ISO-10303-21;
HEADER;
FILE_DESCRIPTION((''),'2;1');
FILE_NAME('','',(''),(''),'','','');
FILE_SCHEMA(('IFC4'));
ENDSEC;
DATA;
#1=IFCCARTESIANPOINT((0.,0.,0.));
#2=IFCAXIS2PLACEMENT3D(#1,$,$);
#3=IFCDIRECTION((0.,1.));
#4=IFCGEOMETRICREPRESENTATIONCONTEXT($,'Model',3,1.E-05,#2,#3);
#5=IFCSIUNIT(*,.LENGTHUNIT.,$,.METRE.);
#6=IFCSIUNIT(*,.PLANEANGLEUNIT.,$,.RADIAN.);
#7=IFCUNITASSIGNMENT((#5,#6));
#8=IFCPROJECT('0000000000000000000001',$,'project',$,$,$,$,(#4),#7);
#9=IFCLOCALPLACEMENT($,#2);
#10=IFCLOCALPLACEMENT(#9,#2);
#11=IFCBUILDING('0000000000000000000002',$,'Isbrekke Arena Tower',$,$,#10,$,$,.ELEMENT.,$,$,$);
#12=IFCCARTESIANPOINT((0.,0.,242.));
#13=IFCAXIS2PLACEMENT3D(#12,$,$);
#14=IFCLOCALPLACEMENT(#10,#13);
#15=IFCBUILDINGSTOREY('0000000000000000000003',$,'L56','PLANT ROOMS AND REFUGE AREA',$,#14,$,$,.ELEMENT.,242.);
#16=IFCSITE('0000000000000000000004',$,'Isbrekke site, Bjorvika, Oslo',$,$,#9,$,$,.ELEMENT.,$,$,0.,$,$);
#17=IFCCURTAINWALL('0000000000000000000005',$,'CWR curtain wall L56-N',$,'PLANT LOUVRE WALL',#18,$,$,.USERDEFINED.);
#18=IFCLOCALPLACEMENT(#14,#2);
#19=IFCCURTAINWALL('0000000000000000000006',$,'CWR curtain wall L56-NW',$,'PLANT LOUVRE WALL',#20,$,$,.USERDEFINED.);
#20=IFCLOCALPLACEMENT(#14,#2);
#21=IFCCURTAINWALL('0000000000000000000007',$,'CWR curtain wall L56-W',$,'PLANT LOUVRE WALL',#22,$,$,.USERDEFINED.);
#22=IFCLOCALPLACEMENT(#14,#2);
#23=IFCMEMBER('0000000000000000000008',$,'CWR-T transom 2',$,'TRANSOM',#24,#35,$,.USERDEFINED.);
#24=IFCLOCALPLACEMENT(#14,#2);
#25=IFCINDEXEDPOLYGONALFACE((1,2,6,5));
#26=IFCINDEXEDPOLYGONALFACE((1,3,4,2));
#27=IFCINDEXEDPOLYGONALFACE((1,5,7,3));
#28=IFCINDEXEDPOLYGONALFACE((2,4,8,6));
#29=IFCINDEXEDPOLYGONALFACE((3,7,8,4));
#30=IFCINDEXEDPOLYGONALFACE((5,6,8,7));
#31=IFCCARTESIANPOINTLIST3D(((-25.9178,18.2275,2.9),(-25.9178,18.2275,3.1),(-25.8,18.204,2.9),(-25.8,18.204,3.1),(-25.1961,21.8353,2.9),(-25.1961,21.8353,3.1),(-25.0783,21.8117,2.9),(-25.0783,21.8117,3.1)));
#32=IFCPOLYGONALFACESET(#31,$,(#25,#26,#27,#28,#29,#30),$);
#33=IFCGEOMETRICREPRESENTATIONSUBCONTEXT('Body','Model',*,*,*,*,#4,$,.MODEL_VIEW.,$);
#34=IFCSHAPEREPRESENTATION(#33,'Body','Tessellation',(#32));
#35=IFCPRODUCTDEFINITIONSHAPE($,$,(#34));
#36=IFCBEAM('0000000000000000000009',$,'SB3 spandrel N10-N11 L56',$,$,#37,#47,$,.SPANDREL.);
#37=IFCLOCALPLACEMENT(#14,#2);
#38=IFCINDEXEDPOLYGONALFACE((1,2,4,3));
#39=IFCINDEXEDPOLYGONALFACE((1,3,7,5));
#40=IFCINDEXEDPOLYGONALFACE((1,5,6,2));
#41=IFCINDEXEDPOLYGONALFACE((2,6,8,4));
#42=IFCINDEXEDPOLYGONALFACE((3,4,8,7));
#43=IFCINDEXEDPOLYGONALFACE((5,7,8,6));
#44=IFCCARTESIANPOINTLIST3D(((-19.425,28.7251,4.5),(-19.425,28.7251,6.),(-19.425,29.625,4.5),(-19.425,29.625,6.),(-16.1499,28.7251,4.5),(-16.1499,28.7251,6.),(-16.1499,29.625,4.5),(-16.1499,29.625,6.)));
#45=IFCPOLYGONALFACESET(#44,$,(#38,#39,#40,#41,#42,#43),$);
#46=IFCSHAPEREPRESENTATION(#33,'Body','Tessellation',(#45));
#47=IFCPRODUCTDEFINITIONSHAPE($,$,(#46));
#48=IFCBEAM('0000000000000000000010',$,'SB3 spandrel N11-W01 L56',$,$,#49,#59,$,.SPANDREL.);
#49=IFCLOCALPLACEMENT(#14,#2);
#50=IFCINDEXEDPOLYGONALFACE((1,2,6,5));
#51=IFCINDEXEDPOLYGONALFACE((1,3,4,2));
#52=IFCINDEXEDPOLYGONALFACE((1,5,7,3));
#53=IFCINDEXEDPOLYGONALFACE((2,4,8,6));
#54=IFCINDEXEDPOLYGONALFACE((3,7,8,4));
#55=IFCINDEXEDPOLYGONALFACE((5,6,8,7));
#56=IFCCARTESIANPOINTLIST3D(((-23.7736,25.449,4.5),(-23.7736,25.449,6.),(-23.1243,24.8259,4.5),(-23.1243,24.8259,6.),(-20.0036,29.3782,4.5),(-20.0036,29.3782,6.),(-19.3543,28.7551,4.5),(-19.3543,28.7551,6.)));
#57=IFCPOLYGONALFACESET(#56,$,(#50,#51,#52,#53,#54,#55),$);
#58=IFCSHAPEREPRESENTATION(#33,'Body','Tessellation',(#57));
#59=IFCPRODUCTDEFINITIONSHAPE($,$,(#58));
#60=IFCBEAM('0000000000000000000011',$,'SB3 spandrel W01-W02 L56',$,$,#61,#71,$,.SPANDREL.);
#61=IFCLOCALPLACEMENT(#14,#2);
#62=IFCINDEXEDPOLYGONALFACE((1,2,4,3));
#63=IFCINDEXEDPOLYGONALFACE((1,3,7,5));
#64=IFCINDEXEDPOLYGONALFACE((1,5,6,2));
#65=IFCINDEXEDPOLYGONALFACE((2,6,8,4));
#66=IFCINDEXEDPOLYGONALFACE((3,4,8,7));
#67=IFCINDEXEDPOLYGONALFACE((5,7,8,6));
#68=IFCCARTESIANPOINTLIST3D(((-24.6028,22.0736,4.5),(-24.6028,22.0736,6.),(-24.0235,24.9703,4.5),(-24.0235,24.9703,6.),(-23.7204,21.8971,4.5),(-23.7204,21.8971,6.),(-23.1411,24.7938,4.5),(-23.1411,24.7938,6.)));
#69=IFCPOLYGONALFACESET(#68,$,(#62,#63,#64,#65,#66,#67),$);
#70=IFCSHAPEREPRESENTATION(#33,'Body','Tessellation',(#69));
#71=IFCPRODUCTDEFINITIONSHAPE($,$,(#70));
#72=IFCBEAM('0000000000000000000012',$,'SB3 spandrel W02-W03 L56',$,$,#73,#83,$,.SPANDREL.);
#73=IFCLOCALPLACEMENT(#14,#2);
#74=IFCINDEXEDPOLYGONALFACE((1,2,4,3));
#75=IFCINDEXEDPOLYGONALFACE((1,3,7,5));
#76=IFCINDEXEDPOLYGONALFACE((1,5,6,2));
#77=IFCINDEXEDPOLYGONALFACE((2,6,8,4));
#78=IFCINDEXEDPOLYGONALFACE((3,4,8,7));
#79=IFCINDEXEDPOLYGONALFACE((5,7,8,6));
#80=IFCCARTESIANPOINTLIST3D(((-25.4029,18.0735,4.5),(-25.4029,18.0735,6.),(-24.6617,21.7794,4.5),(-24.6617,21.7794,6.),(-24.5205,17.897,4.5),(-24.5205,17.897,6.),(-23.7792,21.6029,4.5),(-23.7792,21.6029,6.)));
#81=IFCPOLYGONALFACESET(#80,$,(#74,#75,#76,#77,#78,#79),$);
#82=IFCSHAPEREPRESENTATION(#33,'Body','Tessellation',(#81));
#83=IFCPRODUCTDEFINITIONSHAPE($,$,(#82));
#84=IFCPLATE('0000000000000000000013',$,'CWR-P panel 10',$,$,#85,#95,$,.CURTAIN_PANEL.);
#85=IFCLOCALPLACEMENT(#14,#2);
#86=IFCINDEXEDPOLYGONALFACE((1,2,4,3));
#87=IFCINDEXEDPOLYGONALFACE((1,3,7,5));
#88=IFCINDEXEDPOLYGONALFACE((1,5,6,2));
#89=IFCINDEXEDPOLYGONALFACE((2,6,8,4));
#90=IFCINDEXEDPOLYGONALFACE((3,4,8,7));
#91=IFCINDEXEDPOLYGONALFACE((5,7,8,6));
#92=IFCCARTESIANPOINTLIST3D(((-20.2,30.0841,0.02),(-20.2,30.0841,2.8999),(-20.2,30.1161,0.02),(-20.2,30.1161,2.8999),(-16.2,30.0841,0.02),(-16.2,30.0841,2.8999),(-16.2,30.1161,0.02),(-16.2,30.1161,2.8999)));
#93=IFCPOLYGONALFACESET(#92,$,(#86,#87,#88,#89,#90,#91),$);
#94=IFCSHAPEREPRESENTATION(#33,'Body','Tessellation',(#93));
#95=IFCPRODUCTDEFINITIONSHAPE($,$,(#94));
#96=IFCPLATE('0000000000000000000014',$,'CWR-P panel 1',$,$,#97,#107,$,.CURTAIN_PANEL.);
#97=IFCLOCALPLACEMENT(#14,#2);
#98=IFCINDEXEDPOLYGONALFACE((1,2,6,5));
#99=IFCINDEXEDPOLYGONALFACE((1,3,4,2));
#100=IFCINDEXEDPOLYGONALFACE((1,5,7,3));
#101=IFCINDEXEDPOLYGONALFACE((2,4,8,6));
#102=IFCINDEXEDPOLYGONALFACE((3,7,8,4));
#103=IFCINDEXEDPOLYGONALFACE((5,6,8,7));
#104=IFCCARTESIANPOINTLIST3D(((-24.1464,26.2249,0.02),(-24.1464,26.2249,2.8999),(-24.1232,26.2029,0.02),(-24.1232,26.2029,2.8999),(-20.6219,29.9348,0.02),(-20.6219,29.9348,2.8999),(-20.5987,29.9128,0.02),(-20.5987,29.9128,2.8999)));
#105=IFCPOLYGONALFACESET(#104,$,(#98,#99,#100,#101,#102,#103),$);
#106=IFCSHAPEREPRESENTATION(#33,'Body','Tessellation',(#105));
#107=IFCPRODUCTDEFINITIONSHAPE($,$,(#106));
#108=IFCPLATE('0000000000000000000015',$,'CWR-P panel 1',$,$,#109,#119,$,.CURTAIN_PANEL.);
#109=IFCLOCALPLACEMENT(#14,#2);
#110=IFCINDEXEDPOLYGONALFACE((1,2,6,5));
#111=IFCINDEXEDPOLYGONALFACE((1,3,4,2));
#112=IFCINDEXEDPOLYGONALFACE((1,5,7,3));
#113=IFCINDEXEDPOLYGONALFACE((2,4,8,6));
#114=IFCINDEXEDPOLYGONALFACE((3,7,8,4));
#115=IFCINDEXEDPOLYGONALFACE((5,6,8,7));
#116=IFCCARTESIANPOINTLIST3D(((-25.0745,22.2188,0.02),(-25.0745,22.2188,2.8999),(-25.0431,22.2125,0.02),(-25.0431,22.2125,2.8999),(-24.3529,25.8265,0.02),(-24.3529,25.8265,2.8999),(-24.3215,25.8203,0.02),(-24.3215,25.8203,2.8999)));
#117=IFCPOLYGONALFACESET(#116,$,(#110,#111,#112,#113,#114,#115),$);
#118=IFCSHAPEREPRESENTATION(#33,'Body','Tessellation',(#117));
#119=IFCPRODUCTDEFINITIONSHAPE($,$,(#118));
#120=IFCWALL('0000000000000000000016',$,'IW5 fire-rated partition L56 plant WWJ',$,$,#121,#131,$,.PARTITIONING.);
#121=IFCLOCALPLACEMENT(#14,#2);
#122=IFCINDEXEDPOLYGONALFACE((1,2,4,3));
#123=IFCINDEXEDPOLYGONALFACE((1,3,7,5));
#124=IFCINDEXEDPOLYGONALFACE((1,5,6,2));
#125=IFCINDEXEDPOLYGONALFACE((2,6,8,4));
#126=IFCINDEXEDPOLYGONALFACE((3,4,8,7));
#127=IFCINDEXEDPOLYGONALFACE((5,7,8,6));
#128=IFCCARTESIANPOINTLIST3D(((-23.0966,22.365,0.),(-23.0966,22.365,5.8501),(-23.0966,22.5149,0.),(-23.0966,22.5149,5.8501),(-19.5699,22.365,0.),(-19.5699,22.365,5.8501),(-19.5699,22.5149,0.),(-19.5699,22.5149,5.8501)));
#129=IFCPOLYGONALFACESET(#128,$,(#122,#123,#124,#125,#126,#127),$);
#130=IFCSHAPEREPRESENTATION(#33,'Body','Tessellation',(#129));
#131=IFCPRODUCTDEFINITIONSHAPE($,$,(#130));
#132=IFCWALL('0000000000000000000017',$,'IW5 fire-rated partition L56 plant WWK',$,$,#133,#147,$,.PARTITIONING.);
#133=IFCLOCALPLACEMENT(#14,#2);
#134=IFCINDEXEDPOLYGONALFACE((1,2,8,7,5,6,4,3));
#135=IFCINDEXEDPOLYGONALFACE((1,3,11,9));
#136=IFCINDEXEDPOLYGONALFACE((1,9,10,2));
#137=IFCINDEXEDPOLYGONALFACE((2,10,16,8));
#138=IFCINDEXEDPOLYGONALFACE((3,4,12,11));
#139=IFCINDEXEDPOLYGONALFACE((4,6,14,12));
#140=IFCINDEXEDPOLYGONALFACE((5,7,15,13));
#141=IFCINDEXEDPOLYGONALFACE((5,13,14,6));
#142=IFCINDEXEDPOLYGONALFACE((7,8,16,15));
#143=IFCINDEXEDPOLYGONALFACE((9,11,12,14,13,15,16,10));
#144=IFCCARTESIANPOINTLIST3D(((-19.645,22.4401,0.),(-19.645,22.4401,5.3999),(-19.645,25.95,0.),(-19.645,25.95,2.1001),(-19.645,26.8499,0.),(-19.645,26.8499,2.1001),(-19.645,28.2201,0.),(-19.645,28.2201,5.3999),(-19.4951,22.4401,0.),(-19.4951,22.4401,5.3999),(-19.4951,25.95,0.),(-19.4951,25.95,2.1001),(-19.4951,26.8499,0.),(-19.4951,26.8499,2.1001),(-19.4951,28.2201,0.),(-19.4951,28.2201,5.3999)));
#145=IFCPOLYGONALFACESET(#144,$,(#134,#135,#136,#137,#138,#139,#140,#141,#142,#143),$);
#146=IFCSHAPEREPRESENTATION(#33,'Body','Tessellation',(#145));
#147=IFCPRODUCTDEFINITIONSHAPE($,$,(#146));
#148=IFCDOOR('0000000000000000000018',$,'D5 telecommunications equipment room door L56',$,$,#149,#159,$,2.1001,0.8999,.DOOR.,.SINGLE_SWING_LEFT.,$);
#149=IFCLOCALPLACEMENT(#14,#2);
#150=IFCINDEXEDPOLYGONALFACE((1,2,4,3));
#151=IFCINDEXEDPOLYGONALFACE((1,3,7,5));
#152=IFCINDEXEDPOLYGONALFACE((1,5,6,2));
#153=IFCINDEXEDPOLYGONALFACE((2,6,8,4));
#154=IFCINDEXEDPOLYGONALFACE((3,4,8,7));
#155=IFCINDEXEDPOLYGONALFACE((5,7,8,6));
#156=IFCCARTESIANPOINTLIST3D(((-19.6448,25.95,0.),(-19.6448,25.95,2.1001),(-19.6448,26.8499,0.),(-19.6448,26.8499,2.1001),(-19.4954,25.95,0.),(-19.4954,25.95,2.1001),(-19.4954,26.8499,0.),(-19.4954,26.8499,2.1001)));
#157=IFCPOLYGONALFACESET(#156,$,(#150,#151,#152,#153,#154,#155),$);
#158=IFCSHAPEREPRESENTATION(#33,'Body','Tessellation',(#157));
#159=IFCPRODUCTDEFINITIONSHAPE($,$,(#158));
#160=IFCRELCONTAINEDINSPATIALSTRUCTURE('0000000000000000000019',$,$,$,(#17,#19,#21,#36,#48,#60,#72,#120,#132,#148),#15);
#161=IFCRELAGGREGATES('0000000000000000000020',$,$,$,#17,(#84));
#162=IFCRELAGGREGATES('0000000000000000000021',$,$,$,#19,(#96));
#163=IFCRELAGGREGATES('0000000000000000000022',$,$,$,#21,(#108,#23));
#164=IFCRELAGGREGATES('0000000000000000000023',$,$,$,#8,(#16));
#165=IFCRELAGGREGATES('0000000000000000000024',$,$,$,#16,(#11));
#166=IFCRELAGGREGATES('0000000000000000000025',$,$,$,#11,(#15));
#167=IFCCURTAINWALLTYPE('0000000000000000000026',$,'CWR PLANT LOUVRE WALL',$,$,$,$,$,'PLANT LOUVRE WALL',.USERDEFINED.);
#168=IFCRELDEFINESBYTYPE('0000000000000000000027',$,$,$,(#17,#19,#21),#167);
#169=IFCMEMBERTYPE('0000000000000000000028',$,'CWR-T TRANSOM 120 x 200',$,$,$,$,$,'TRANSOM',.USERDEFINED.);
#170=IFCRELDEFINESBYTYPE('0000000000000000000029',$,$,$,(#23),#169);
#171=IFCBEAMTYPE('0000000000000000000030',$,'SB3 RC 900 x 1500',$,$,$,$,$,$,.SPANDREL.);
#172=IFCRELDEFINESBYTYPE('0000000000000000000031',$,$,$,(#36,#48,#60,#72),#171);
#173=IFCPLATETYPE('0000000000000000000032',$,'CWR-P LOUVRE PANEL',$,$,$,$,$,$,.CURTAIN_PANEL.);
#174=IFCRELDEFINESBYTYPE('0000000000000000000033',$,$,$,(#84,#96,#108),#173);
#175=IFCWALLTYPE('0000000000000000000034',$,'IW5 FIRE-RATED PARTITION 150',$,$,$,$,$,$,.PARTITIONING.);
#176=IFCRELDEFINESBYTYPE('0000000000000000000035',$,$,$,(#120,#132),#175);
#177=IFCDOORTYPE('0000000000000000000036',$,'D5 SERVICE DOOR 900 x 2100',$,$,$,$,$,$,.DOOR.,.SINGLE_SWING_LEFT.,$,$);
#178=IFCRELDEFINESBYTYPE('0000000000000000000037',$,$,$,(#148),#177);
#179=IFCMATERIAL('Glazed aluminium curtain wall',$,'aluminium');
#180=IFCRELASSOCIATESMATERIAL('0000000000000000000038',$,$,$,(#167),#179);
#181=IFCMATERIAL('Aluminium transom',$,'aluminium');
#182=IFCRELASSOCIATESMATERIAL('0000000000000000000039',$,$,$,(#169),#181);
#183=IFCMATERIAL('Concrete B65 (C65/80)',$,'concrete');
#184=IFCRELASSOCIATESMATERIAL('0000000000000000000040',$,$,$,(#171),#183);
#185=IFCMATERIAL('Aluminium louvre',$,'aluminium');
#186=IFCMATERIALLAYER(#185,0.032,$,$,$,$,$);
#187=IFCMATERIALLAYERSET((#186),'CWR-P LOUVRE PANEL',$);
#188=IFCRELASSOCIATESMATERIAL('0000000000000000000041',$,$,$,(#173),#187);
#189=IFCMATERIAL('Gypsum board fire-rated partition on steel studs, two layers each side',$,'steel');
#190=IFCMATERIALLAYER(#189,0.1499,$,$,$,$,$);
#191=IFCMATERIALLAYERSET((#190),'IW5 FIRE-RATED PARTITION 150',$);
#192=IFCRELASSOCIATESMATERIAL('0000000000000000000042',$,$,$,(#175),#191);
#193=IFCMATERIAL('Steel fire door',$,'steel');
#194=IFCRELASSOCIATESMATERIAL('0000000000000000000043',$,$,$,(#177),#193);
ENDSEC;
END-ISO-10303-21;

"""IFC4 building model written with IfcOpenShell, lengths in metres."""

from ifc_helpers import new_model, si_unit, direction, frame, frame_2d, origin, origin_2d, place, context, subcontext, project, spatial, rectangle, extrude, material, layer, layer_set, material_profile, profile_set, type_object, element, fill, aggregate, save


model = new_model("IFC4")

# Units and contexts
model_context = context("Model", 3, precision=1e-05, world=origin(), true_north=direction((0.0, 1.0)))
body_context = subcontext(model_context, "Body", "Model", "MODEL_VIEW")
ifc_project = project(units=[si_unit("LENGTHUNIT", "METRE"), si_unit("PLANEANGLEUNIT", "RADIAN")], contexts=[model_context])

# Site, building, storey
site_placement = place(None, origin())
site = spatial("IfcSite", under=ifc_project, at=site_placement, Name="Isbrekke site, Bjorvika, Oslo", CompositionType="ELEMENT", RefElevation=0.0)
building_placement = place(site_placement, origin())
building = spatial("IfcBuilding", under=site, at=building_placement, Name="Isbrekke Arena Tower", CompositionType="ELEMENT")
storey_placement = place(building_placement, frame((0.0, 0.0, 242.0)))
storey = spatial("IfcBuildingStorey", under=building, at=storey_placement, Name="L56", Description="PLANT ROOMS AND REFUGE AREA", CompositionType="ELEMENT", Elevation=242.0)

# Curtain wall
ifc_material_1 = material(Name="Glazed aluminium curtain wall", Category="aluminium")
curtain_wall_type = type_object("IfcCurtainWallType", Name="CWR PLANT LOUVRE WALL", ElementType="PLANT LOUVRE WALL", PredefinedType="USERDEFINED", material=ifc_material_1)
curtain_wall_1_placement = place(storey_placement, origin())
curtain_wall_1 = element("IfcCurtainWall", 1, at=curtain_wall_1_placement, inside=storey, type_object=curtain_wall_type, Name="CWR curtain wall L56-N", ObjectType="PLANT LOUVRE WALL", PredefinedType="USERDEFINED")

# Curtain walls
curtain_wall_2_placement = place(storey_placement, origin())
curtain_wall_2 = element("IfcCurtainWall", 2, at=curtain_wall_2_placement, inside=storey, type_object=curtain_wall_type, Name="CWR curtain wall L56-NW", ObjectType="PLANT LOUVRE WALL", PredefinedType="USERDEFINED")
curtain_wall_3_placement = place(storey_placement, origin())
curtain_wall_3 = element("IfcCurtainWall", 3, at=curtain_wall_3_placement, inside=storey, type_object=curtain_wall_type, Name="CWR curtain wall L56-W", ObjectType="PLANT LOUVRE WALL", PredefinedType="USERDEFINED")

# Member
ifc_material_2 = material(Name="Aluminium transom", Category="aluminium")
ifc_material_profile_1 = material_profile(ifc_material_2, rectangle(XDim=0.1201, YDim=0.2, at=origin_2d()), Name="TRANSOM 120X200")
ifc_profile_set_1 = profile_set([ifc_material_profile_1], Name="Aluminium transom")
member_type_1 = type_object("IfcMemberType", Name="CWR-T TRANSOM 120 x 200", ElementType="TRANSOM", PredefinedType="USERDEFINED", material=ifc_profile_set_1)
member_1_placement = place(storey_placement, frame((-25.1372, 21.8235, 3.0), z_axis=(-0.196154, -0.980573, 0.0), x_axis=(0.980573, -0.196154, 0.0)))
member_1 = element("IfcMember", 4, at=member_1_placement, type_object=member_type_1, Name="CWR-T transom 2", ObjectType="TRANSOM", PredefinedType="USERDEFINED", context=body_context, shape_type="SweptSolid", body=[
    extrude(rectangle(XDim=0.1201, YDim=0.2, at=origin_2d()), origin(), (0.0, 0.0, 1.0), 3.6792),
])

# Beams
ifc_material_3 = material(Name="Concrete B65 (C65/80)", Category="concrete")
ifc_material_profile_2 = material_profile(ifc_material_3, rectangle(XDim=0.8999, YDim=1.5, at=origin_2d()), Name="RC 900x1500")
ifc_profile_set_2 = profile_set([ifc_material_profile_2], Name="Concrete B65 (C65/80)")
beam_type_1 = type_object("IfcBeamType", Name="SB3 RC 900 x 1500", PredefinedType="SPANDREL", material=ifc_profile_set_2)
beam_1_placement = place(storey_placement, frame((-16.1499, 29.175, 5.25), z_axis=(-1.0, 0.0, 0.0), x_axis=(0.0, -1.0, 0.0)))
element("IfcBeam", 5, at=beam_1_placement, inside=storey, type_object=beam_type_1, Name="SB3 spandrel N10-N11 L56", PredefinedType="SPANDREL", context=body_context, shape_type="SweptSolid", body=[
    extrude(rectangle(XDim=0.8999, YDim=1.5, at=origin_2d()), origin(), (0.0, 0.0, 1.0), 3.2751),
])
beam_2_placement = place(storey_placement, frame((-19.679, 29.0667, 5.25), z_axis=(-0.69234, -0.721572, 0.0), x_axis=(0.721572, -0.69234, 0.0)))
element("IfcBeam", 6, at=beam_2_placement, inside=storey, type_object=beam_type_1, Name="SB3 spandrel N11-W01 L56", PredefinedType="SPANDREL", context=body_context, shape_type="SweptSolid", body=[
    extrude(rectangle(XDim=0.8999, YDim=1.5, at=origin_2d()), origin(), (0.0, 0.0, 1.0), 5.4453),
])
beam_3_placement = place(storey_placement, frame((-23.5823, 24.8821, 5.25), z_axis=(-0.196116, -0.980581, 0.0), x_axis=(0.980581, -0.196116, 0.0)))
element("IfcBeam", 7, at=beam_3_placement, inside=storey, type_object=beam_type_1, Name="SB3 spandrel W01-W02 L56", PredefinedType="SPANDREL", context=body_context, shape_type="SweptSolid", body=[
    extrude(rectangle(XDim=0.8999, YDim=1.5, at=origin_2d()), origin(), (0.0, 0.0, 1.0), 2.9541),
])
beam_4_placement = place(storey_placement, frame((-24.2205, 21.6912, 5.25), z_axis=(-0.196129, -0.980578, 0.0), x_axis=(0.980578, -0.196129, 0.0)))
element("IfcBeam", 8, at=beam_4_placement, inside=storey, type_object=beam_type_1, Name="SB3 spandrel W02-W03 L56", PredefinedType="SPANDREL", context=body_context, shape_type="SweptSolid", body=[
    extrude(rectangle(XDim=0.8999, YDim=1.5, at=origin_2d()), origin(), (0.0, 0.0, 1.0), 3.7793),
])

# Plates
ifc_material_4 = material(Name="Aluminium louvre", Category="aluminium")
ifc_layer_1 = layer(ifc_material_4, 0.032)
ifc_layer_set_1 = layer_set([ifc_layer_1], Name="CWR-P LOUVRE PANEL")
plate_type = type_object("IfcPlateType", Name="CWR-P LOUVRE PANEL", PredefinedType="CURTAIN_PANEL", material=ifc_layer_set_1)
plate_1_placement = place(storey_placement, frame((-18.2, 30.1001, 0.02), z_axis=(0.0, 0.0, 1.0), x_axis=(-1.0, 0.0, 0.0)))
plate_1 = element("IfcPlate", 9, at=plate_1_placement, type_object=plate_type, Name="CWR-P panel 10", PredefinedType="CURTAIN_PANEL", context=body_context, shape_type="SweptSolid", body=[
    extrude(rectangle(XDim=4.0, YDim=0.032, at=origin_2d()), origin(), (0.0, 0.0, 1.0), 2.8799),
])
aggregate(curtain_wall_1, [plate_1])
plate_2_placement = place(storey_placement, frame((-22.3726, 28.0688, 0.02), z_axis=(0.0, 0.0, 1.0), x_axis=(-0.688749, -0.724999, 0.0)))
plate_2 = element("IfcPlate", 10, at=plate_2_placement, type_object=plate_type, Name="CWR-P panel 1", PredefinedType="CURTAIN_PANEL", context=body_context, shape_type="SweptSolid", body=[
    extrude(rectangle(XDim=5.1172, YDim=0.032, at=origin_2d()), origin(), (0.0, 0.0, 1.0), 2.8799),
])
aggregate(curtain_wall_2, [plate_2])
plate_3_placement = place(storey_placement, frame((-24.698, 24.0195, 0.02), z_axis=(0.0, 0.0, 1.0), x_axis=(-0.196116, -0.980581, 0.0)))
plate_3 = element("IfcPlate", 11, at=plate_3_placement, type_object=plate_type, Name="CWR-P panel 1", PredefinedType="CURTAIN_PANEL", context=body_context, shape_type="SweptSolid", body=[
    extrude(rectangle(XDim=3.6792, YDim=0.032, at=origin_2d()), origin(), (0.0, 0.0, 1.0), 2.8799),
])
aggregate(curtain_wall_3, [plate_3, member_1])

# Wall
ifc_material_5 = material(Name="Gypsum board fire-rated partition on steel studs, two layers each side", Category="steel")
ifc_layer_2 = layer(ifc_material_5, 0.1499)
ifc_layer_set_2 = layer_set([ifc_layer_2], Name="IW5 FIRE-RATED PARTITION 150")
wall_type = type_object("IfcWallType", Name="IW5 FIRE-RATED PARTITION 150", PredefinedType="PARTITIONING", material=ifc_layer_set_2)
wall_1_placement = place(storey_placement, frame((-19.5701, 22.4399, 0.0), z_axis=(0.0, 0.0, 1.0), x_axis=(-1.0, 0.0, 0.0)))
element("IfcWall", 12, at=wall_1_placement, inside=storey, type_object=wall_type, Name="IW5 fire-rated partition L56 plant WWJ", PredefinedType="PARTITIONING", context=body_context, shape_type="SweptSolid", body=[
    extrude(rectangle(XDim=3.5266, YDim=0.1499, at=frame_2d((1.7632, 0.0))), origin(), (0.0, 0.0, 1.0), 5.8501),
])

# Wall, opening, door
wall_2_placement = place(storey_placement, frame((-19.5701, 22.4399, 0.0), z_axis=(0.0, 0.0, 1.0), x_axis=(0.0, 1.0, 0.0)))
wall_2 = element("IfcWall", 13, at=wall_2_placement, inside=storey, type_object=wall_type, Name="IW5 fire-rated partition L56 plant WWK", PredefinedType="PARTITIONING", context=body_context, shape_type="SweptSolid", body=[
    extrude(rectangle(XDim=5.78, YDim=0.1499, at=frame_2d((2.8901, 0.0))), origin(), (0.0, 0.0, 1.0), 5.3999),
])
opening_placement = place(wall_2_placement, frame((3.51, 0.0, 0.0)))
opening = element("IfcOpeningElement", 14, at=opening_placement, cuts=wall_2, PredefinedType="OPENING", context=body_context, shape_type="SweptSolid", body=[
    extrude(rectangle(XDim=0.8999, YDim=2.1001, at=frame_2d((0.45, 1.05))), frame((0.0, 0.0898, 0.0), z_axis=(0.0, -1.0, 0.0), x_axis=(1.0, 0.0, 0.0)), (0.0, 0.0, 1.0), 0.1797),
])
ifc_material_6 = material(Name="Steel fire door", Category="steel")
door_type = type_object("IfcDoorType", Name="D5 SERVICE DOOR 900 x 2100", OperationType="SINGLE_SWING_LEFT", PredefinedType="DOOR", material=ifc_material_6)
door_placement = place(opening_placement, origin())
door = element("IfcDoor", 15, at=door_placement, inside=storey, type_object=door_type, Name="D5 telecommunications equipment room door L56", OperationType="SINGLE_SWING_LEFT", OverallHeight=2.1001, OverallWidth=0.8999, PredefinedType="DOOR", context=body_context, shape_type="SweptSolid", body=[
    extrude(rectangle(XDim=0.8999, YDim=2.1001, at=frame_2d((0.45, 1.05))), frame((0.0, 0.0747, 0.0), z_axis=(0.0, -1.0, 0.0), x_axis=(1.0, 0.0, 0.0)), (0.0, 0.0, 1.0), 0.1494),
])
fill(opening, door)

save(model, "model.ifc")
